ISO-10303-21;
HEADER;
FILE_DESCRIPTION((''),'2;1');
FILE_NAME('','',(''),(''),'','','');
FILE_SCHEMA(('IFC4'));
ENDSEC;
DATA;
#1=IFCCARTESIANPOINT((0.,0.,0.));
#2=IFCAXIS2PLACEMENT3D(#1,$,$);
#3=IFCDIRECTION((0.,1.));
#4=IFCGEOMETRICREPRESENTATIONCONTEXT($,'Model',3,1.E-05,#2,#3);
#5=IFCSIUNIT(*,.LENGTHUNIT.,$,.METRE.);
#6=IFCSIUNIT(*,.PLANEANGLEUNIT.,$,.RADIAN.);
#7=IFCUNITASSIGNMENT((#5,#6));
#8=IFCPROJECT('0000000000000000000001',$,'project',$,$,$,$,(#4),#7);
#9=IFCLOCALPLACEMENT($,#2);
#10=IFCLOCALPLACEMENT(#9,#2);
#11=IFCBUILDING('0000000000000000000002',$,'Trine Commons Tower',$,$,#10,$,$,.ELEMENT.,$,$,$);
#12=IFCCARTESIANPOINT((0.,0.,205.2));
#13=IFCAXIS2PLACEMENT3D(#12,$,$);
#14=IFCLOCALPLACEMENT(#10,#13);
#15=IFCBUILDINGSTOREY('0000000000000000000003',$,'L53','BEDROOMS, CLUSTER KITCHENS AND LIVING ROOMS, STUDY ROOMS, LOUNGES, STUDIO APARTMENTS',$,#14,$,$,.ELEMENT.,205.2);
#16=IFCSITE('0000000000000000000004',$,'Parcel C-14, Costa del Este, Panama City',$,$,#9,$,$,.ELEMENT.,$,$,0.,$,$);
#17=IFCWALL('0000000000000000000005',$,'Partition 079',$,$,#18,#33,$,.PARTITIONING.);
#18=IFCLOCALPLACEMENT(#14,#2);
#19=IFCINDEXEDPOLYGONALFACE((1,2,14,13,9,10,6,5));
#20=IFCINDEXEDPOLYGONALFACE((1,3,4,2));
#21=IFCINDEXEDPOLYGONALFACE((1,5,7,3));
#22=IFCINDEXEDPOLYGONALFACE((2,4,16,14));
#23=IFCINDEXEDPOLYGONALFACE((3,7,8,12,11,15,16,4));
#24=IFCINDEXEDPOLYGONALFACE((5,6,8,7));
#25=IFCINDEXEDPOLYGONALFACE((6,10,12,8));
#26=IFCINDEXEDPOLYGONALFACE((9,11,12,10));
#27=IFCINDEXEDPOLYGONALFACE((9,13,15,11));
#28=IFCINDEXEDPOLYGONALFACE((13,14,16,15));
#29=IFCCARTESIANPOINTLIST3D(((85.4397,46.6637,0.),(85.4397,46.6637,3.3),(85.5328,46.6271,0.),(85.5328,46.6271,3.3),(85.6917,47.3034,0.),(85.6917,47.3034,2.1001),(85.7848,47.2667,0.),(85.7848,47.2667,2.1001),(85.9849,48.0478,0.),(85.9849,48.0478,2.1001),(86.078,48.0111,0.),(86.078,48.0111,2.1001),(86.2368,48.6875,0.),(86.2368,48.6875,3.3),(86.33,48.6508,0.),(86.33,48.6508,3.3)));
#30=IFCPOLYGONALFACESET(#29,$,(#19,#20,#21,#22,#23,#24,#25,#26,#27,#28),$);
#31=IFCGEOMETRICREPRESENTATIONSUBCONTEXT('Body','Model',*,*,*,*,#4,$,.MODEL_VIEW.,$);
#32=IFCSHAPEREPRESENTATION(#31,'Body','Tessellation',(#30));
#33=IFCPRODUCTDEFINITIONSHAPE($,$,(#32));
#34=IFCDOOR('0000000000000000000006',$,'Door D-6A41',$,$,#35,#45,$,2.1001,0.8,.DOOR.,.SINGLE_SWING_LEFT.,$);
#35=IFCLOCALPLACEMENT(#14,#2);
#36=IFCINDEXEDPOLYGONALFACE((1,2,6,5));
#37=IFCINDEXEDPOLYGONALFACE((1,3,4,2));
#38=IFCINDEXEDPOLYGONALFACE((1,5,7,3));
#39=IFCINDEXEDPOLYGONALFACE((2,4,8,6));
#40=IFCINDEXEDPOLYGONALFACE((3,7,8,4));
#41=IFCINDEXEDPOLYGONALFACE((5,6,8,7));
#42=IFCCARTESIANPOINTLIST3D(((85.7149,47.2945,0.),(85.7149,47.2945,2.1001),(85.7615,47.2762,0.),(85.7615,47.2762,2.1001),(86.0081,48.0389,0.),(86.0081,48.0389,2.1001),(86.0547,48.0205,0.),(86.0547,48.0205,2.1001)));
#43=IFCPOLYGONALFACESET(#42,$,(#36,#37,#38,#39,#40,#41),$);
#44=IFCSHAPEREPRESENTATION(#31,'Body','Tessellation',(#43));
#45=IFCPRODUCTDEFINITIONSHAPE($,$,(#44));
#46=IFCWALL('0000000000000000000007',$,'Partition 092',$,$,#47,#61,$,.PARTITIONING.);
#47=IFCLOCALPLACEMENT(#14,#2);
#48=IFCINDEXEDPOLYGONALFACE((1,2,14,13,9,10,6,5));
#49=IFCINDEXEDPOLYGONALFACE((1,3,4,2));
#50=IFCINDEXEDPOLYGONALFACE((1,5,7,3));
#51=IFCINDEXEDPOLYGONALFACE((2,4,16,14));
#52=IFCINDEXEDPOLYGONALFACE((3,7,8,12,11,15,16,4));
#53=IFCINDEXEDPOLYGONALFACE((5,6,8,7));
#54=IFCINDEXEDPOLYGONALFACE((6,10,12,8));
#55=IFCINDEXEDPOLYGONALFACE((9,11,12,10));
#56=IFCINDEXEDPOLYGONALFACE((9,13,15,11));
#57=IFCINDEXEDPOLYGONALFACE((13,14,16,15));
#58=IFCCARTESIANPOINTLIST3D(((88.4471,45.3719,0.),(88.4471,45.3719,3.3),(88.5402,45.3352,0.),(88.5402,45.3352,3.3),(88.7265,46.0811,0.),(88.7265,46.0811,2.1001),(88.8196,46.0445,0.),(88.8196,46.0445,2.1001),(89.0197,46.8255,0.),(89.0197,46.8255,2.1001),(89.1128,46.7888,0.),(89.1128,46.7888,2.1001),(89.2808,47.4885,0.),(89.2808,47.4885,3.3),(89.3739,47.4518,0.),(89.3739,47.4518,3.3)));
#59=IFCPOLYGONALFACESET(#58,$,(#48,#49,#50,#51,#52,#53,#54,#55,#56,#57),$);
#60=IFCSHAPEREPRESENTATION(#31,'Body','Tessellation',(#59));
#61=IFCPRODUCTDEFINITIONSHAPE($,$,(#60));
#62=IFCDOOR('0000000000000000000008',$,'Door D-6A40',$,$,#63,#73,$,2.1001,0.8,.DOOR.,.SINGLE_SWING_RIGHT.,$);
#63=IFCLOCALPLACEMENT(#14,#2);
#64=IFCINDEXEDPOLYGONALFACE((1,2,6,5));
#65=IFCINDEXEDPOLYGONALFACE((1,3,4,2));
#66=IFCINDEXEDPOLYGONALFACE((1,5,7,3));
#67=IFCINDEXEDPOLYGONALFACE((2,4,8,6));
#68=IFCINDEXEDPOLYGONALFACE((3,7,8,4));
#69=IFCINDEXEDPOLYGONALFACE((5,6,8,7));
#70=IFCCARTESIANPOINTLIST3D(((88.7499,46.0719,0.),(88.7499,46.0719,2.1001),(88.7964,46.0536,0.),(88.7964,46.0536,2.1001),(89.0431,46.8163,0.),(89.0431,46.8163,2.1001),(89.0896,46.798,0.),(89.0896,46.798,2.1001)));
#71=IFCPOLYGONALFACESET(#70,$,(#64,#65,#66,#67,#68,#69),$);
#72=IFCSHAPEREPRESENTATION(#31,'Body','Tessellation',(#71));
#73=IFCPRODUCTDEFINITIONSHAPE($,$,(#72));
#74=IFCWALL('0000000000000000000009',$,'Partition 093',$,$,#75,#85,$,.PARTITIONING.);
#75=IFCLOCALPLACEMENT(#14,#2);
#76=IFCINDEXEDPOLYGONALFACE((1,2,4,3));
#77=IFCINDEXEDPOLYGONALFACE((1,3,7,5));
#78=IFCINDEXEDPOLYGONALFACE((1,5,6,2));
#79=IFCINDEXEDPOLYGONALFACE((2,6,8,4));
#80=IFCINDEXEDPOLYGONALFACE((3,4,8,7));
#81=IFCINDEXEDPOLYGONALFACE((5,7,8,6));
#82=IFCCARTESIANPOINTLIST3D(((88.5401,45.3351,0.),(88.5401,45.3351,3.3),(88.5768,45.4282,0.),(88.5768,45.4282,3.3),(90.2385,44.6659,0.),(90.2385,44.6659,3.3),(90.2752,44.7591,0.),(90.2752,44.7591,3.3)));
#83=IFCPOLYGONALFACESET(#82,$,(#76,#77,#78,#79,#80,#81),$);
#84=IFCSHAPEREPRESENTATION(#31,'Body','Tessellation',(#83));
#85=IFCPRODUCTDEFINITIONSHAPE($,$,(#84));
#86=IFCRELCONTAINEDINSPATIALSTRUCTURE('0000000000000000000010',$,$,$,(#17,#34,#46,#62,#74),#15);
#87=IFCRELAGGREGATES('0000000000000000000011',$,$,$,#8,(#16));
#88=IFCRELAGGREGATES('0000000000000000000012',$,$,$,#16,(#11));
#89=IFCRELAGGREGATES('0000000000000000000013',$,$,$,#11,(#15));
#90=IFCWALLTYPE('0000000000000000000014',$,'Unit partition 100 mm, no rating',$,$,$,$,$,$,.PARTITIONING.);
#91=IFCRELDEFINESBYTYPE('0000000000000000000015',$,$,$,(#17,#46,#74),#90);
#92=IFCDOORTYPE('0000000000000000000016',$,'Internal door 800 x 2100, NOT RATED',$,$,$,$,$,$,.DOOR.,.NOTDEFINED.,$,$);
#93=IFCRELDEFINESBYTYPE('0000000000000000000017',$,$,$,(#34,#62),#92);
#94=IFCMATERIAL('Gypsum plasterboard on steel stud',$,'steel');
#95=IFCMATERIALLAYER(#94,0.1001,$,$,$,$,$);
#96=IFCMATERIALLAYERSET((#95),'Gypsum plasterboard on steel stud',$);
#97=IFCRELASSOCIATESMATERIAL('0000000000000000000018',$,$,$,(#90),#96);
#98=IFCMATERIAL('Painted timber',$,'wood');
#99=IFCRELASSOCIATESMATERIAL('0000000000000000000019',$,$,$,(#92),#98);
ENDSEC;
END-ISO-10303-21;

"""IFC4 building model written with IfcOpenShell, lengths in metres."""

from ifc_helpers import new_model, si_unit, direction, frame, frame_2d, origin, place, context, subcontext, project, spatial, rectangle, extrude, material, layer, layer_set, type_object, element, fill, save


model = new_model("IFC4")

# Units and contexts
model_context = context("Model", 3, precision=1e-05, world=origin(), true_north=direction((0.0, 1.0)))
body_context = subcontext(model_context, "Body", "Model", "MODEL_VIEW")
ifc_project = project(units=[si_unit("LENGTHUNIT", "METRE"), si_unit("PLANEANGLEUNIT", "RADIAN")], contexts=[model_context])

# Site, building, storey
site_placement = place(None, origin())
site = spatial("IfcSite", under=ifc_project, at=site_placement, Name="Parcel C-14, Costa del Este, Panama City", CompositionType="ELEMENT", RefElevation=0.0)
building_placement = place(site_placement, origin())
building = spatial("IfcBuilding", under=site, at=building_placement, Name="Trine Commons Tower", CompositionType="ELEMENT")
storey_placement = place(building_placement, frame((0.0, 0.0, 205.2)))
storey = spatial("IfcBuildingStorey", under=building, at=storey_placement, Name="L53", Description="BEDROOMS, CLUSTER KITCHENS AND LIVING ROOMS, STUDY ROOMS, LOUNGES, STUDIO APARTMENTS", CompositionType="ELEMENT", Elevation=205.2)

# Shared definitions
ifc_material_1 = material(Name="Gypsum plasterboard on steel stud", Category="steel")

# Shared definitions
ifc_layer_1 = layer(ifc_material_1, 0.1001)
ifc_layer_set_1 = layer_set([ifc_layer_1], Name="Gypsum plasterboard on steel stud")
wall_type_1 = type_object("IfcWallType", Name="Unit partition 100 mm, no rating", PredefinedType="PARTITIONING", material=ifc_layer_set_1)

# Shared definitions
ifc_material_2 = material(Name="Painted timber", Category="wood")

# Walls, openings, doors
wall_1_placement = place(storey_placement, frame((85.4863, 46.6455, 0.0), z_axis=(0.0, 0.0, 1.0), x_axis=(0.366489, 0.930422, 0.0)))
wall_1 = element("IfcWall", 1, at=wall_1_placement, inside=storey, type_object=wall_type_1, Name="Partition 079", PredefinedType="PARTITIONING", context=body_context, shape_type="SweptSolid", body=[
    extrude(rectangle(XDim=2.175, YDim=0.1001, at=frame_2d((1.0874, 0.0))), origin(), (0.0, 0.0, 1.0), 3.3),
])
opening_1_placement = place(wall_1_placement, frame((0.6875, 0.0, 0.0)))
opening_1 = element("IfcOpeningElement", 2, at=opening_1_placement, cuts=wall_1, PredefinedType="OPENING", context=body_context, shape_type="SweptSolid", body=[
    extrude(rectangle(XDim=0.8, YDim=2.1001, at=frame_2d((0.3999, 1.05))), frame((0.0, 0.0601, 0.0), z_axis=(0.0, -1.0, 0.0), x_axis=(1.0, 0.0, 0.0)), (0.0, 0.0, 1.0), 0.1201),
])
door_type_1 = type_object("IfcDoorType", Name="Internal door 800 x 2100, NOT RATED", OperationType="NOTDEFINED", PredefinedType="DOOR", material=ifc_material_2)
door_1_placement = place(opening_1_placement, frame((0.8, 0.0, 0.0), z_axis=(0.0, 0.0, 1.0), x_axis=(-1.0, 0.0, 0.0)))
door_1 = element("IfcDoor", 3, at=door_1_placement, inside=storey, type_object=door_type_1, Name="Door D-6A41", OperationType="SINGLE_SWING_LEFT", OverallHeight=2.1001, OverallWidth=0.8, PredefinedType="DOOR", context=body_context, shape_type="SweptSolid", body=[
    extrude(rectangle(XDim=0.8, YDim=2.1001, at=frame_2d((0.3999, 1.05))), frame((0.0, 0.0249, 0.0), z_axis=(0.0, -1.0, 0.0), x_axis=(1.0, 0.0, 0.0)), (0.0, 0.0, 1.0), 0.05),
])
fill(opening_1, door_1)
wall_2_placement = place(storey_placement, frame((88.4937, 45.3535, 0.0), z_axis=(0.0, 0.0, 1.0), x_axis=(0.366482, 0.930425, 0.0)))
wall_2 = element("IfcWall", 4, at=wall_2_placement, inside=storey, type_object=wall_type_1, Name="Partition 092", PredefinedType="PARTITIONING", context=body_context, shape_type="SweptSolid", body=[
    extrude(rectangle(XDim=2.2749, YDim=0.1001, at=frame_2d((1.1375, 0.0))), origin(), (0.0, 0.0, 1.0), 3.3),
])
opening_2_placement = place(wall_2_placement, frame((0.7625, 0.0, 0.0)))
opening_2 = element("IfcOpeningElement", 5, at=opening_2_placement, cuts=wall_2, PredefinedType="OPENING", context=body_context, shape_type="SweptSolid", body=[
    extrude(rectangle(XDim=0.8, YDim=2.1001, at=frame_2d((0.3999, 1.05))), frame((0.0, 0.0601, 0.0), z_axis=(0.0, -1.0, 0.0), x_axis=(1.0, 0.0, 0.0)), (0.0, 0.0, 1.0), 0.1201),
])
door_2_placement = place(opening_2_placement, origin())
door_2 = element("IfcDoor", 6, at=door_2_placement, inside=storey, type_object=door_type_1, Name="Door D-6A40", OperationType="SINGLE_SWING_RIGHT", OverallHeight=2.1001, OverallWidth=0.8, PredefinedType="DOOR", context=body_context, shape_type="SweptSolid", body=[
    extrude(rectangle(XDim=0.8, YDim=2.1001, at=frame_2d((0.3999, 1.05))), frame((0.0, 0.0249, 0.0), z_axis=(0.0, -1.0, 0.0), x_axis=(1.0, 0.0, 0.0)), (0.0, 0.0, 1.0), 0.05),
])
fill(opening_2, door_2)

# Wall
wall_3_placement = place(storey_placement, frame((88.5586, 45.3816, 0.0), z_axis=(0.0, 0.0, 1.0), x_axis=(0.930392, -0.366567, 0.0)))
element("IfcWall", 7, at=wall_3_placement, inside=storey, type_object=wall_type_1, Name="Partition 093", PredefinedType="PARTITIONING", context=body_context, shape_type="SweptSolid", body=[
    extrude(rectangle(XDim=1.8254, YDim=0.1001, at=frame_2d((0.9126, 0.0))), origin(), (0.0, 0.0, 1.0), 3.3),
])

save(model, "model.ifc")
